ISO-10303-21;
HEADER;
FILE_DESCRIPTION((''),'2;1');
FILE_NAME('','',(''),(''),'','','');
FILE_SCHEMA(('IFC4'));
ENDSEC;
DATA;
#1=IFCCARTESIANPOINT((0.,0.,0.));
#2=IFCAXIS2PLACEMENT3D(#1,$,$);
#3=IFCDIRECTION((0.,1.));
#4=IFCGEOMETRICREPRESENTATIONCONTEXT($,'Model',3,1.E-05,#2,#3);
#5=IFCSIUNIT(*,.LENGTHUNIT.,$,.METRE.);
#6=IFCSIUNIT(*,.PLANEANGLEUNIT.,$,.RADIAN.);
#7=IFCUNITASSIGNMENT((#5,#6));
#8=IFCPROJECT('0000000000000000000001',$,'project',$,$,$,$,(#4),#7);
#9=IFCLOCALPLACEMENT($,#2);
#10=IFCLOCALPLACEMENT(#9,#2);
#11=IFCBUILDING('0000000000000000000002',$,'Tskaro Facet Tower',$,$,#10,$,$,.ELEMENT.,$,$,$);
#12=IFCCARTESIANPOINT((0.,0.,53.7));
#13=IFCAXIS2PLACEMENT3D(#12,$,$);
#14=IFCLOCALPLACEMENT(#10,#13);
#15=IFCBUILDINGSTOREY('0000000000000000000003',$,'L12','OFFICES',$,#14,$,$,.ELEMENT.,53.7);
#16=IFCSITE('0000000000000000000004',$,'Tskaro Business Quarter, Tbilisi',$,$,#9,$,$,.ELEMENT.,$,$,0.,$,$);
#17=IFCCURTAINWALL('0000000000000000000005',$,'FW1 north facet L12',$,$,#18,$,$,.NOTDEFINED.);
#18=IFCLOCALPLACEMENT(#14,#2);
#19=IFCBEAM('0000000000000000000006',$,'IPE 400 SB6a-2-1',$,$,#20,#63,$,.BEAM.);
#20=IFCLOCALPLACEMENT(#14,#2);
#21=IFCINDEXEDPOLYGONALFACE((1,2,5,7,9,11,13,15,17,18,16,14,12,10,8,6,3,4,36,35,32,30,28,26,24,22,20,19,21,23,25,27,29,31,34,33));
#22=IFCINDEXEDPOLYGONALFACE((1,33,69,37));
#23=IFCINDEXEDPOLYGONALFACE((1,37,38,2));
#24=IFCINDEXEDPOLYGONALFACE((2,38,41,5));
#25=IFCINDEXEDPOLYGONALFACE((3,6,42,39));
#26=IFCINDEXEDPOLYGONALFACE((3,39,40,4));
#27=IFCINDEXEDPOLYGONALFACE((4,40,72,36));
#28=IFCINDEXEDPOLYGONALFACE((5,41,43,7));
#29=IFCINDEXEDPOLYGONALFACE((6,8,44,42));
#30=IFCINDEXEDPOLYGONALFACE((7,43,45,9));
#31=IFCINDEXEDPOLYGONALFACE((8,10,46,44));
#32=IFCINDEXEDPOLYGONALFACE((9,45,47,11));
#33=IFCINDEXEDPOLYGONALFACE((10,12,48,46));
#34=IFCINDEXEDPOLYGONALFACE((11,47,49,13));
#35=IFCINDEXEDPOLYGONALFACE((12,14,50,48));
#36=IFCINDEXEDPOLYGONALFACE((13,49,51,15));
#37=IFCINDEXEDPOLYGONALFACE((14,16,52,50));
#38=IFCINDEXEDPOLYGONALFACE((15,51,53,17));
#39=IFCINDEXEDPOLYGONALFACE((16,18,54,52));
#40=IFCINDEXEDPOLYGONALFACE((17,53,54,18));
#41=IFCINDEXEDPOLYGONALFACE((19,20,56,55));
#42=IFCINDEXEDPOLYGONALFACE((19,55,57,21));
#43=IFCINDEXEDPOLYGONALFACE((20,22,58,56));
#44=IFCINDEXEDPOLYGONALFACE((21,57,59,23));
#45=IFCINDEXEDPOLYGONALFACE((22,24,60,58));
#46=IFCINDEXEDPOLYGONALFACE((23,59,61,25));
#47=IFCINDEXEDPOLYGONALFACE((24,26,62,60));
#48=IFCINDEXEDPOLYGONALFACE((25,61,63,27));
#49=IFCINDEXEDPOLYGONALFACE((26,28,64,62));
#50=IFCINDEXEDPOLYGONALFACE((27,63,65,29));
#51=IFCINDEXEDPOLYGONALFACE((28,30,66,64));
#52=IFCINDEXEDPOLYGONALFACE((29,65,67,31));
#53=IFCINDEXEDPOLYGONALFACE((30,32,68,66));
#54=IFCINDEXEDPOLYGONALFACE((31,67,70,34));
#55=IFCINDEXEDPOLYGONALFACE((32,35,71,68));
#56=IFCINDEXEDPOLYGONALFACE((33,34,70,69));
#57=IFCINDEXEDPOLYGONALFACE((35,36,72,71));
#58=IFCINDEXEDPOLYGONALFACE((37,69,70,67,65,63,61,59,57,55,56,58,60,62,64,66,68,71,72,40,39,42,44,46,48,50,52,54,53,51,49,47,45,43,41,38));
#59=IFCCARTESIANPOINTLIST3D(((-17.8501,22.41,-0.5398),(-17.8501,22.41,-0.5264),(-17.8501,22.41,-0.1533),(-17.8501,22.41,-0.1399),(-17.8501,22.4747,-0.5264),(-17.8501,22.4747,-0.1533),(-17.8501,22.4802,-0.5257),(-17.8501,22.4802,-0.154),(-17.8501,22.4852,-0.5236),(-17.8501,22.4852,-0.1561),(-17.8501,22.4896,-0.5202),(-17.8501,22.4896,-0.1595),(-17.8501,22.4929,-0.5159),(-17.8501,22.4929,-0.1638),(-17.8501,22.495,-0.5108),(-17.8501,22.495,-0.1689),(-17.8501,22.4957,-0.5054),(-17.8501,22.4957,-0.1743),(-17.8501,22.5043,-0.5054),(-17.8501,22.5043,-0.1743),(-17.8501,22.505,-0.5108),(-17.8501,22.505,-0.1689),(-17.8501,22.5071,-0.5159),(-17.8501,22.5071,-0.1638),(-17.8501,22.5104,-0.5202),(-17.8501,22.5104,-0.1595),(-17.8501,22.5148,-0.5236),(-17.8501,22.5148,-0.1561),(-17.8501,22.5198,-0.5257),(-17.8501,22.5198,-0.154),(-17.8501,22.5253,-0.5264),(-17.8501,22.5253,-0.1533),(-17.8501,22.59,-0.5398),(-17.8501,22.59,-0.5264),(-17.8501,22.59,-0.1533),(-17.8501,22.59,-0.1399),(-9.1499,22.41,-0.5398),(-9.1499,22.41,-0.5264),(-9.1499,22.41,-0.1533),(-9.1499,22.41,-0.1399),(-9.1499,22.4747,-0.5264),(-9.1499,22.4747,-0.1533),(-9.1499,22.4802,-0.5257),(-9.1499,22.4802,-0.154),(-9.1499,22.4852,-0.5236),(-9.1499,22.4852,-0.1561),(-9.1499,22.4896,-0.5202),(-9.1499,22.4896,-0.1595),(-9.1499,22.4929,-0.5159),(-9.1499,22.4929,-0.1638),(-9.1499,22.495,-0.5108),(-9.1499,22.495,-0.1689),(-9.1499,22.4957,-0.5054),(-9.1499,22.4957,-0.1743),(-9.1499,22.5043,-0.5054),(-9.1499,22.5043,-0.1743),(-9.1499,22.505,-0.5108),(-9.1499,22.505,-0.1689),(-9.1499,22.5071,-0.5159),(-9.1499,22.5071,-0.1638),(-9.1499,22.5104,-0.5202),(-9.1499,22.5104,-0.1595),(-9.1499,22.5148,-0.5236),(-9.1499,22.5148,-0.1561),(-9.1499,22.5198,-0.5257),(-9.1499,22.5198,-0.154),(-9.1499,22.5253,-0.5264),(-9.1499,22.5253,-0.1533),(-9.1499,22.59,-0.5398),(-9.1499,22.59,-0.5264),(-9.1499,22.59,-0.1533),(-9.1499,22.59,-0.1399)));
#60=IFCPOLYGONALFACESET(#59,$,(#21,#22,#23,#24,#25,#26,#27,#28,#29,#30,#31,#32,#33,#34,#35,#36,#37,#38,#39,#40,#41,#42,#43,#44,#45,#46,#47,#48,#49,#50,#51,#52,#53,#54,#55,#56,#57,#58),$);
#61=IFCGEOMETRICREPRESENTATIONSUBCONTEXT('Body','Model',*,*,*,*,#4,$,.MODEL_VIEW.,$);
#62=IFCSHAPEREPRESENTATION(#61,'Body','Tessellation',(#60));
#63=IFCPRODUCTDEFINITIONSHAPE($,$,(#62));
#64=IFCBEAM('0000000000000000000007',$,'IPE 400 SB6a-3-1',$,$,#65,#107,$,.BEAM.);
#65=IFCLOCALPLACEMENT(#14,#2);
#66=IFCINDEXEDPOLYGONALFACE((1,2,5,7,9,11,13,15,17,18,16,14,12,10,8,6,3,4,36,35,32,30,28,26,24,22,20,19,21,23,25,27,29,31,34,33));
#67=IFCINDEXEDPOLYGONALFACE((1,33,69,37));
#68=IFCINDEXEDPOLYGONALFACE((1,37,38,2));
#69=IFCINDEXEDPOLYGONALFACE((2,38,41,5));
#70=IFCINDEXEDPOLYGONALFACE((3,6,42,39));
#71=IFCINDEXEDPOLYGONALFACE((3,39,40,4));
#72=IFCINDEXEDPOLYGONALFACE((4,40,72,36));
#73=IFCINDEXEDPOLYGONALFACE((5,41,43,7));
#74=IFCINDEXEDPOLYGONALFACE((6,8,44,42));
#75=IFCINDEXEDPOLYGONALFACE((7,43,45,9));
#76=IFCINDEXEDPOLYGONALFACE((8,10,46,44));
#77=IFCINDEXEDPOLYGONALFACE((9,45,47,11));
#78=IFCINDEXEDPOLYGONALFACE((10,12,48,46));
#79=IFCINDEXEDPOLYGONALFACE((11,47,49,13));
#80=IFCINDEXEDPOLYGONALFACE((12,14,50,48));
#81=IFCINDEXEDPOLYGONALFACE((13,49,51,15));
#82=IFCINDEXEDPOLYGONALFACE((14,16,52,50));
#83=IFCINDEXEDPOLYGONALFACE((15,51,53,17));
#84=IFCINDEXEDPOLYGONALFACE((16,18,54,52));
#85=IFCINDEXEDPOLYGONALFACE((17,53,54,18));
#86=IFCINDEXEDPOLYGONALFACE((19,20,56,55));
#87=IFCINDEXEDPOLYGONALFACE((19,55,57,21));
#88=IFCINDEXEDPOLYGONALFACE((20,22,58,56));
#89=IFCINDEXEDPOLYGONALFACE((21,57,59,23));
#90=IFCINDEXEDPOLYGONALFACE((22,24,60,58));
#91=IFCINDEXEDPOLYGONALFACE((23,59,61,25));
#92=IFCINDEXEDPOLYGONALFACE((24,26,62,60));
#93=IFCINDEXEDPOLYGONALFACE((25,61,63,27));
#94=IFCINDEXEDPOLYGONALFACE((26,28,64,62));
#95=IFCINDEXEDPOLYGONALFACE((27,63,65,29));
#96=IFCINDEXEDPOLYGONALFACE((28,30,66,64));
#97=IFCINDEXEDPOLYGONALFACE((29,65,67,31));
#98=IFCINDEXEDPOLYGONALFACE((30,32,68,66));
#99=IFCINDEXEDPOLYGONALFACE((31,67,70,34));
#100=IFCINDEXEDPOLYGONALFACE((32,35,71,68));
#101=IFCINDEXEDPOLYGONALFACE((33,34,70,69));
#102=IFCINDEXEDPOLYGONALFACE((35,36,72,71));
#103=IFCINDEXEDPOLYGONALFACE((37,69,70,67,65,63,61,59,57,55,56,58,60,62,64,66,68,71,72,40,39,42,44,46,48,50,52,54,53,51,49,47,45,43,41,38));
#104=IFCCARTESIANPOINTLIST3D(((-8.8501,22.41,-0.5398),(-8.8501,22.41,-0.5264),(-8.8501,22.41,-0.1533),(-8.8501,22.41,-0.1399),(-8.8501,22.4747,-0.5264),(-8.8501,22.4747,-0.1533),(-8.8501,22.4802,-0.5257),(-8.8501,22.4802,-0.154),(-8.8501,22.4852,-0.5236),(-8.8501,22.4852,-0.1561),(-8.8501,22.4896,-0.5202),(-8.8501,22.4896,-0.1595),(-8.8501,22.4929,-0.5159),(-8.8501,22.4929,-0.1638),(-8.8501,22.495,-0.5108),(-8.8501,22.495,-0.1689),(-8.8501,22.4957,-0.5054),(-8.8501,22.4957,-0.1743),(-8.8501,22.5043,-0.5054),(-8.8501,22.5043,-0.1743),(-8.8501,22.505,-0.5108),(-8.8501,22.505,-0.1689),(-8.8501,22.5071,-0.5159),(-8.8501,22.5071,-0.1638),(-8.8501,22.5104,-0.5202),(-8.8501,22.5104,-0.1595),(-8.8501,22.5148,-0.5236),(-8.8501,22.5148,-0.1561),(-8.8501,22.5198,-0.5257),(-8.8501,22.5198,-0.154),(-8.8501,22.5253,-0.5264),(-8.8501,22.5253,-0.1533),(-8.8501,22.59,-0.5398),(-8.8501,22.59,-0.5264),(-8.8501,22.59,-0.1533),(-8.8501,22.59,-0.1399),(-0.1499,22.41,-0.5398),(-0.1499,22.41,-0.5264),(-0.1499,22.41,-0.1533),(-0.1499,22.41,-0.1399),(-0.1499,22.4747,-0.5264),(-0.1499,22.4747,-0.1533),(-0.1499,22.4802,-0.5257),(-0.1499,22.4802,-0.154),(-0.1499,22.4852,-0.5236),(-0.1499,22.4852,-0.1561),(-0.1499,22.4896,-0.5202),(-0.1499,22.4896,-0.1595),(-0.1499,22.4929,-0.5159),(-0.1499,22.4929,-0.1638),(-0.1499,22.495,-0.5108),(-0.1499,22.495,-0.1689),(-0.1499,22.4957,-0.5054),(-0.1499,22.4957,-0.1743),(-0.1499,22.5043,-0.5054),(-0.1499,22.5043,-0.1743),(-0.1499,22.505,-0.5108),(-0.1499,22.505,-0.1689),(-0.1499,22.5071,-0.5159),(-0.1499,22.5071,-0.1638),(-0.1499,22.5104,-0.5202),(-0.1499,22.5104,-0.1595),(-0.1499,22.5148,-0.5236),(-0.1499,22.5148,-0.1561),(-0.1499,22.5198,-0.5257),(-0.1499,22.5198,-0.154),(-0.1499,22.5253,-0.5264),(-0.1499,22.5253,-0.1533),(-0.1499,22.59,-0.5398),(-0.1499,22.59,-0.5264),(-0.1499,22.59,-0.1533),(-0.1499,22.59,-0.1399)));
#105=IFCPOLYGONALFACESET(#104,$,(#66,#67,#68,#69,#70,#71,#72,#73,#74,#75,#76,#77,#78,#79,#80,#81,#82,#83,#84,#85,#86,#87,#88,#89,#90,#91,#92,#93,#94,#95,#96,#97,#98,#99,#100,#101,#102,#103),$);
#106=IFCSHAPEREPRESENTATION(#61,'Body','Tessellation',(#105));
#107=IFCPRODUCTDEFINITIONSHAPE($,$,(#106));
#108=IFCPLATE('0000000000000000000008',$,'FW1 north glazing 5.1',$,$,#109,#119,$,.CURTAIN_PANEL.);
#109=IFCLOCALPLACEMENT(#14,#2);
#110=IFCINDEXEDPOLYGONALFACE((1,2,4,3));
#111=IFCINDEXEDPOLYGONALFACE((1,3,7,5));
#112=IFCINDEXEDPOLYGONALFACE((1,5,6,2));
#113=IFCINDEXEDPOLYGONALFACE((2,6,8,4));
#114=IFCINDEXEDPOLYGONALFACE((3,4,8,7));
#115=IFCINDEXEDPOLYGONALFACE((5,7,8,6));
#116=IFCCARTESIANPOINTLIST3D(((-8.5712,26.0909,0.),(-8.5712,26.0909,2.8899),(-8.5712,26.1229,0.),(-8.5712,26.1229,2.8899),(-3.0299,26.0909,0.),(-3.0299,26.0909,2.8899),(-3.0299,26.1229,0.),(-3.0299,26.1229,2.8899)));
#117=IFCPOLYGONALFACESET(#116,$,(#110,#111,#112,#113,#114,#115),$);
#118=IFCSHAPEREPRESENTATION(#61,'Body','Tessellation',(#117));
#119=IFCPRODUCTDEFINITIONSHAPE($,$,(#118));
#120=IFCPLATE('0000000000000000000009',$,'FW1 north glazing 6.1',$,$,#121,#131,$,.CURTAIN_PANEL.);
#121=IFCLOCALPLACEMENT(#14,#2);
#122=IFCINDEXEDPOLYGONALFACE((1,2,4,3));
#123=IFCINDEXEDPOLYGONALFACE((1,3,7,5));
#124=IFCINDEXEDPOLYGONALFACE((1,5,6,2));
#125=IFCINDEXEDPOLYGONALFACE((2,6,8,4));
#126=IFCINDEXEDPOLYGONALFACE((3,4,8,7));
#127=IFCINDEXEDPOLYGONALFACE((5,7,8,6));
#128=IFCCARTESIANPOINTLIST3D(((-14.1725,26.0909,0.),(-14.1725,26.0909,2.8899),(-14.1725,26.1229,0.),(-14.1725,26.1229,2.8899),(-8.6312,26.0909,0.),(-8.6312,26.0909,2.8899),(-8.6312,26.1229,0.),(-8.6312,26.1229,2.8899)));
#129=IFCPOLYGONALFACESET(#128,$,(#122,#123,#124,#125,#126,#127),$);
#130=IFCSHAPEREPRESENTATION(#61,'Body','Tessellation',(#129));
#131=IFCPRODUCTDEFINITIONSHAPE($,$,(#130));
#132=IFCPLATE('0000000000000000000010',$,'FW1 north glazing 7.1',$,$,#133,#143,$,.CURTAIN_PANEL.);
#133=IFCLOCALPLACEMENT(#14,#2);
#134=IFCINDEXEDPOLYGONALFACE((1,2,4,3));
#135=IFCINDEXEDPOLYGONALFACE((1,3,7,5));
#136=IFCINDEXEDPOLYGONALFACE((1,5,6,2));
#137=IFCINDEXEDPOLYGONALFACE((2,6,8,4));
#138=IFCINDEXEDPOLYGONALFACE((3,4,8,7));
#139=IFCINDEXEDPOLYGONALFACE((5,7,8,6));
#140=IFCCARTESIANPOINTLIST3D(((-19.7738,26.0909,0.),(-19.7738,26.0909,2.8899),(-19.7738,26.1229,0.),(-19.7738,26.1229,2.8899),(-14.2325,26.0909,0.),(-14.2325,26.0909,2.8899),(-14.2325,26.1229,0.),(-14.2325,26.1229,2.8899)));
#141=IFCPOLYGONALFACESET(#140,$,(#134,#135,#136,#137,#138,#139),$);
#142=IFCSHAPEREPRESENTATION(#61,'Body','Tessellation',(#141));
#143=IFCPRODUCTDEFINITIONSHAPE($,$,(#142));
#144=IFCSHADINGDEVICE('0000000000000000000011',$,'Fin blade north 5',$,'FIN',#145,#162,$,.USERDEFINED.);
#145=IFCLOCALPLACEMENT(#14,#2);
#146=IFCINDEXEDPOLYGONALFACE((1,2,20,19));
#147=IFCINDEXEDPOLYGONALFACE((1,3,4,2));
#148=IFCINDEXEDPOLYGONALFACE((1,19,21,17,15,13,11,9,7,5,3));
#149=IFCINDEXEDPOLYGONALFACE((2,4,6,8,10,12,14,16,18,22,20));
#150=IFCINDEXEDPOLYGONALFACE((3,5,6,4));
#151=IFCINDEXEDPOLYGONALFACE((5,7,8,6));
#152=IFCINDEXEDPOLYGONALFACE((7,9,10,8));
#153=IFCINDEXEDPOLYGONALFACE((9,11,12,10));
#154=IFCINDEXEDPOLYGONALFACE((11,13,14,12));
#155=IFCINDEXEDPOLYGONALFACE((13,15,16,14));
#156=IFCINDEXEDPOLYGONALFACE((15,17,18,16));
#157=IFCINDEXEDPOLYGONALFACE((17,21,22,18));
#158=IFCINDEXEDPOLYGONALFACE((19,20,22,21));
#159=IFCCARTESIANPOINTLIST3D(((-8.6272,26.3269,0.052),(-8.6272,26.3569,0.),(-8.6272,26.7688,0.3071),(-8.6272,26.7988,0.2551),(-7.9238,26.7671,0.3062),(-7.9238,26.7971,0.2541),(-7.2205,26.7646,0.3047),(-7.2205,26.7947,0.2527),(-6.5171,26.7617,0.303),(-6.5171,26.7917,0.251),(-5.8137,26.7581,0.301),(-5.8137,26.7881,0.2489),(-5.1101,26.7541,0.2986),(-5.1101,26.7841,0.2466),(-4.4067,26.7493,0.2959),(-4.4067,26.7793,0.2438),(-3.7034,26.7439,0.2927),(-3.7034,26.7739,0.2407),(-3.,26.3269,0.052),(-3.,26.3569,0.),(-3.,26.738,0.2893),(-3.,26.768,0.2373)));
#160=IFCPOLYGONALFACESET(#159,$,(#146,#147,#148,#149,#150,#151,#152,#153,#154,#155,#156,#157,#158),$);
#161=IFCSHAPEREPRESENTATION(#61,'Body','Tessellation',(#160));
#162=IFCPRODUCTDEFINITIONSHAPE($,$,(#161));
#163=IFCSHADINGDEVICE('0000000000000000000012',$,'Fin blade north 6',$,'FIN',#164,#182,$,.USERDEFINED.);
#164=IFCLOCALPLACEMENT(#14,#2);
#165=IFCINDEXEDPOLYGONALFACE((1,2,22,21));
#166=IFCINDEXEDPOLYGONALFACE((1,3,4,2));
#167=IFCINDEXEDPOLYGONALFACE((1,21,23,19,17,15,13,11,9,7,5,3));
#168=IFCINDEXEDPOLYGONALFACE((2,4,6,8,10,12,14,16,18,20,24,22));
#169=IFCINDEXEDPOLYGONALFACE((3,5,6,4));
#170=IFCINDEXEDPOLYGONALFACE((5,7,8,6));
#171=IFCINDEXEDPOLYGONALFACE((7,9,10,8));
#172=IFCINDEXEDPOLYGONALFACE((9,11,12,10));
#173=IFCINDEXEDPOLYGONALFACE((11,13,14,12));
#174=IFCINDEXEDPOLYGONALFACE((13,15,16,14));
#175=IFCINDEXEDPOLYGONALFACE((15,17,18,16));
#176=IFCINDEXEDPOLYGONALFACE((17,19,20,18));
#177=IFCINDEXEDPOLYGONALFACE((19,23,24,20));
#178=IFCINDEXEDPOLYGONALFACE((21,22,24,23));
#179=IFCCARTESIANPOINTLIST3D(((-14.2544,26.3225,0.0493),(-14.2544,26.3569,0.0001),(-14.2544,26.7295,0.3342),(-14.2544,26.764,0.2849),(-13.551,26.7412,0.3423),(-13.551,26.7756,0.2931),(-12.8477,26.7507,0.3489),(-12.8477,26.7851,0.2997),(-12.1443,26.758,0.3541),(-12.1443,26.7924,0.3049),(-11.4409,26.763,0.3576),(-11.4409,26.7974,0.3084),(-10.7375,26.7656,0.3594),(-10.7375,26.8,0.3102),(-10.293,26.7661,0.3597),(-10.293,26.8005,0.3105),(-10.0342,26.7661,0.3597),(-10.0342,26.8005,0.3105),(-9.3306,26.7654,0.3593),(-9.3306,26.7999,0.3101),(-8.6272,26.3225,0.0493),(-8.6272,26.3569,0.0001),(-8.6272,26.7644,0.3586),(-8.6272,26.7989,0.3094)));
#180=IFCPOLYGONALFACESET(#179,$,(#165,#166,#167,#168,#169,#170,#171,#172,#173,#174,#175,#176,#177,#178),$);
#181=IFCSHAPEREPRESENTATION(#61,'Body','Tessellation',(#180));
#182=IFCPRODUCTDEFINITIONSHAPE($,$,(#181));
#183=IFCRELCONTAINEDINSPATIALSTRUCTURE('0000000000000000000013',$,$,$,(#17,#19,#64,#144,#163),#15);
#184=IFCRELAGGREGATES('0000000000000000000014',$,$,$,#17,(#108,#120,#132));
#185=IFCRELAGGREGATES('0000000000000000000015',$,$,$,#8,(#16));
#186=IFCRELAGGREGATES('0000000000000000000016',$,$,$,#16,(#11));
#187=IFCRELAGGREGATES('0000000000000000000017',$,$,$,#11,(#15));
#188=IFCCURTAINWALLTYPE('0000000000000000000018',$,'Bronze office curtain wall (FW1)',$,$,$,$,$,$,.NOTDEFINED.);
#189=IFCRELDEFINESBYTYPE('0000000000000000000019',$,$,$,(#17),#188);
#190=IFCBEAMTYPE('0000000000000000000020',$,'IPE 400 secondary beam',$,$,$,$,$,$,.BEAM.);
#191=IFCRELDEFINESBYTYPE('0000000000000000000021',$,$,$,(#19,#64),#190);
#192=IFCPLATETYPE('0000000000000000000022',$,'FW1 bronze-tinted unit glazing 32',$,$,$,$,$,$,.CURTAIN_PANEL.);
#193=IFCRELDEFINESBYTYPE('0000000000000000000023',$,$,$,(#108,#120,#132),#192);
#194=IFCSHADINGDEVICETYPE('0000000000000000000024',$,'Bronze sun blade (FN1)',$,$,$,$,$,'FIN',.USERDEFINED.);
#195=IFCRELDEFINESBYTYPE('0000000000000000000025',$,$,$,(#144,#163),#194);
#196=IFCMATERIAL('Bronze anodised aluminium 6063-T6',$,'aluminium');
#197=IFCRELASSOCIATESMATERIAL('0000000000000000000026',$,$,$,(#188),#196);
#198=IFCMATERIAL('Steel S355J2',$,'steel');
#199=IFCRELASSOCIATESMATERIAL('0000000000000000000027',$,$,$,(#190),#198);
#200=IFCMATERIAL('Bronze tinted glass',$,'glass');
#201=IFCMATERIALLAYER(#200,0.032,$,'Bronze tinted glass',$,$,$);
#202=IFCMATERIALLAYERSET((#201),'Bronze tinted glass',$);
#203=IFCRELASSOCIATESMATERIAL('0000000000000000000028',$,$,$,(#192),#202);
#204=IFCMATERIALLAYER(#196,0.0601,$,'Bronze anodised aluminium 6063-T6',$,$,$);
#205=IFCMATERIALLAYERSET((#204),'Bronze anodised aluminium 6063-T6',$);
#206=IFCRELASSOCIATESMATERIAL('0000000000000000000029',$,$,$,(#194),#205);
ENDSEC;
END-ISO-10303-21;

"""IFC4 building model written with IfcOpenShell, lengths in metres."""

from ifc_helpers import new_model, si_unit, direction, frame, origin, origin_2d, place, context, subcontext, project, spatial, polyline, rectangle, i_section, outline, extrude, material, layer, layer_set, material_profile, profile_set, type_object, element, aggregate, save


model = new_model("IFC4")

# Units and contexts
model_context = context("Model", 3, precision=1e-05, world=origin(), true_north=direction((0.0, 1.0)))
body_context = subcontext(model_context, "Body", "Model", "MODEL_VIEW")
ifc_project = project(units=[si_unit("LENGTHUNIT", "METRE"), si_unit("PLANEANGLEUNIT", "RADIAN")], contexts=[model_context])

# Site, building, storey
site_placement = place(None, origin())
site = spatial("IfcSite", under=ifc_project, at=site_placement, Name="Tskaro Business Quarter, Tbilisi", CompositionType="ELEMENT", RefElevation=0.0)
building_placement = place(site_placement, origin())
building = spatial("IfcBuilding", under=site, at=building_placement, Name="Tskaro Facet Tower", CompositionType="ELEMENT")
storey_placement = place(building_placement, frame((0.0, 0.0, 53.7)))
storey = spatial("IfcBuildingStorey", under=building, at=storey_placement, Name="L12", Description="OFFICES", CompositionType="ELEMENT", Elevation=53.7)

# Curtain wall
ifc_material_1 = material(Name="Bronze anodised aluminium 6063-T6", Category="aluminium")
curtain_wall_type = type_object("IfcCurtainWallType", Name="Bronze office curtain wall (FW1)", PredefinedType="NOTDEFINED", material=ifc_material_1)
curtain_wall_placement = place(storey_placement, origin())
curtain_wall = element("IfcCurtainWall", 1, at=curtain_wall_placement, inside=storey, type_object=curtain_wall_type, Name="FW1 north facet L12", PredefinedType="NOTDEFINED")

# Beams
ifc_material_2 = material(Name="Steel S355J2", Category="steel")
ifc_material_profile_1 = material_profile(ifc_material_2, i_section(OverallWidth=0.1799, OverallDepth=0.3999, WebThickness=0.0085, FlangeThickness=0.0134, FilletRadius=0.021, at=origin_2d()), Name="IPE 400")
ifc_profile_set_1 = profile_set([ifc_material_profile_1], Name="Steel S355J2")
beam_type_1 = type_object("IfcBeamType", Name="IPE 400 secondary beam", PredefinedType="BEAM", material=ifc_profile_set_1)
for number, where, z_axis, x_axis, name in (
    (2, (-17.8501, 22.5, -0.3398), (1.0, 0.0, 0.0), (0.0, 1.0, 0.0), "IPE 400 SB6a-2-1"),
    (3, (-8.8501, 22.5, -0.3398), (1.0, 0.0, 0.0), (0.0, 1.0, 0.0), "IPE 400 SB6a-3-1"),
):
    element("IfcBeam", number, at=place(storey_placement, frame(where, z_axis=z_axis, x_axis=x_axis)), inside=storey, type_object=beam_type_1, Name=name, PredefinedType="BEAM", context=body_context, shape_type="SweptSolid", body=[
        extrude(i_section(OverallWidth=0.1799, OverallDepth=0.3999, WebThickness=0.0085, FlangeThickness=0.0134, FilletRadius=0.021, at=origin_2d()), origin(), (0.0, 0.0, 1.0), 8.7002),
    ])

# Plates
ifc_material_3 = material(Name="Bronze tinted glass", Category="glass")
ifc_layer_1 = layer(ifc_material_3, 0.032, Name="Bronze tinted glass")
ifc_layer_set_1 = layer_set([ifc_layer_1], Name="Bronze tinted glass")
plate_type = type_object("IfcPlateType", Name="FW1 bronze-tinted unit glazing 32", PredefinedType="CURTAIN_PANEL", material=ifc_layer_set_1)
plate_1_placement = place(storey_placement, frame((-5.8005, 26.1069, 0.0), z_axis=(0.0, 0.0, 1.0), x_axis=(-1.0, 0.0, 0.0)))
plate_1 = element("IfcPlate", 4, at=plate_1_placement, type_object=plate_type, Name="FW1 north glazing 5.1", PredefinedType="CURTAIN_PANEL", context=body_context, shape_type="SweptSolid", body=[
    extrude(rectangle(XDim=5.5413, YDim=0.032, at=origin_2d()), origin(), (0.0, 0.0, 1.0), 2.8899),
])
plate_2_placement = place(storey_placement, frame((-11.4019, 26.1069, 0.0), z_axis=(0.0, 0.0, 1.0), x_axis=(-1.0, 0.0, 0.0)))
plate_2 = element("IfcPlate", 5, at=plate_2_placement, type_object=plate_type, Name="FW1 north glazing 6.1", PredefinedType="CURTAIN_PANEL", context=body_context, shape_type="SweptSolid", body=[
    extrude(rectangle(XDim=5.5413, YDim=0.032, at=origin_2d()), origin(), (0.0, 0.0, 1.0), 2.8899),
])
plate_3_placement = place(storey_placement, frame((-17.0032, 26.1069, 0.0), z_axis=(0.0, 0.0, 1.0), x_axis=(-1.0, 0.0, 0.0)))
plate_3 = element("IfcPlate", 6, at=plate_3_placement, type_object=plate_type, Name="FW1 north glazing 7.1", PredefinedType="CURTAIN_PANEL", context=body_context, shape_type="SweptSolid", body=[
    extrude(rectangle(XDim=5.5413, YDim=0.032, at=origin_2d()), origin(), (0.0, 0.0, 1.0), 2.8899),
])
aggregate(curtain_wall, [plate_1, plate_2, plate_3])

# Shading devices
ifc_layer_2 = layer(ifc_material_1, 0.0601, Name="Bronze anodised aluminium 6063-T6")
ifc_layer_set_2 = layer_set([ifc_layer_2], Name="Bronze anodised aluminium 6063-T6")
shading_device_type = type_object("IfcShadingDeviceType", Name="Bronze sun blade (FN1)", ElementType="FIN", PredefinedType="USERDEFINED", material=ifc_layer_set_2)
shading_device_1_placement = place(storey_placement, frame((-3.0, 26.3269, 0.052), z_axis=(0.000005, -0.49998, 0.866037), x_axis=(-1.0, -0.000002, 0.000004)))
element("IfcShadingDevice", 7, at=shading_device_1_placement, inside=storey, type_object=shading_device_type, Name="Fin blade north 5", ObjectType="FIN", PredefinedType="USERDEFINED", context=body_context, shape_type="SweptSolid", body=[
    extrude(outline(polyline([(0.0, 0.0), (5.6272, 0.0), (5.6272, -0.5103), (4.9238, -0.5083), (4.2205, -0.5054), (3.5171, -0.502), (2.8137, -0.4979), (2.1101, -0.4933), (1.4067, -0.4877), (0.7034, -0.4815), (0.0, -0.4747), (0.0, 0.0)])), origin(), (0.0, 0.0, -1.0), 0.0601),
])
shading_device_2_placement = place(storey_placement, frame((-8.6272, 26.3225, 0.0493), z_axis=(0.0, -0.573342, 0.819316), x_axis=(-1.0, 0.0, 0.0)))
element("IfcShadingDevice", 8, at=shading_device_2_placement, inside=storey, type_object=shading_device_type, Name="Fin blade north 6", ObjectType="FIN", PredefinedType="USERDEFINED", context=body_context, shape_type="SweptSolid", body=[
    extrude(outline(polyline([(0.0, 0.0), (5.6272, 0.0), (5.6272, -0.4968), (4.9238, -0.511), (4.2205, -0.5226), (3.5171, -0.5315), (2.8137, -0.5376), (2.1104, -0.5408), (1.6658, -0.5414), (1.407, -0.5414), (0.7034, -0.5406), (0.0, -0.5394), (0.0, 0.0)])), origin(), (0.0, 0.0, -1.0), 0.0601),
])

save(model, "model.ifc")
